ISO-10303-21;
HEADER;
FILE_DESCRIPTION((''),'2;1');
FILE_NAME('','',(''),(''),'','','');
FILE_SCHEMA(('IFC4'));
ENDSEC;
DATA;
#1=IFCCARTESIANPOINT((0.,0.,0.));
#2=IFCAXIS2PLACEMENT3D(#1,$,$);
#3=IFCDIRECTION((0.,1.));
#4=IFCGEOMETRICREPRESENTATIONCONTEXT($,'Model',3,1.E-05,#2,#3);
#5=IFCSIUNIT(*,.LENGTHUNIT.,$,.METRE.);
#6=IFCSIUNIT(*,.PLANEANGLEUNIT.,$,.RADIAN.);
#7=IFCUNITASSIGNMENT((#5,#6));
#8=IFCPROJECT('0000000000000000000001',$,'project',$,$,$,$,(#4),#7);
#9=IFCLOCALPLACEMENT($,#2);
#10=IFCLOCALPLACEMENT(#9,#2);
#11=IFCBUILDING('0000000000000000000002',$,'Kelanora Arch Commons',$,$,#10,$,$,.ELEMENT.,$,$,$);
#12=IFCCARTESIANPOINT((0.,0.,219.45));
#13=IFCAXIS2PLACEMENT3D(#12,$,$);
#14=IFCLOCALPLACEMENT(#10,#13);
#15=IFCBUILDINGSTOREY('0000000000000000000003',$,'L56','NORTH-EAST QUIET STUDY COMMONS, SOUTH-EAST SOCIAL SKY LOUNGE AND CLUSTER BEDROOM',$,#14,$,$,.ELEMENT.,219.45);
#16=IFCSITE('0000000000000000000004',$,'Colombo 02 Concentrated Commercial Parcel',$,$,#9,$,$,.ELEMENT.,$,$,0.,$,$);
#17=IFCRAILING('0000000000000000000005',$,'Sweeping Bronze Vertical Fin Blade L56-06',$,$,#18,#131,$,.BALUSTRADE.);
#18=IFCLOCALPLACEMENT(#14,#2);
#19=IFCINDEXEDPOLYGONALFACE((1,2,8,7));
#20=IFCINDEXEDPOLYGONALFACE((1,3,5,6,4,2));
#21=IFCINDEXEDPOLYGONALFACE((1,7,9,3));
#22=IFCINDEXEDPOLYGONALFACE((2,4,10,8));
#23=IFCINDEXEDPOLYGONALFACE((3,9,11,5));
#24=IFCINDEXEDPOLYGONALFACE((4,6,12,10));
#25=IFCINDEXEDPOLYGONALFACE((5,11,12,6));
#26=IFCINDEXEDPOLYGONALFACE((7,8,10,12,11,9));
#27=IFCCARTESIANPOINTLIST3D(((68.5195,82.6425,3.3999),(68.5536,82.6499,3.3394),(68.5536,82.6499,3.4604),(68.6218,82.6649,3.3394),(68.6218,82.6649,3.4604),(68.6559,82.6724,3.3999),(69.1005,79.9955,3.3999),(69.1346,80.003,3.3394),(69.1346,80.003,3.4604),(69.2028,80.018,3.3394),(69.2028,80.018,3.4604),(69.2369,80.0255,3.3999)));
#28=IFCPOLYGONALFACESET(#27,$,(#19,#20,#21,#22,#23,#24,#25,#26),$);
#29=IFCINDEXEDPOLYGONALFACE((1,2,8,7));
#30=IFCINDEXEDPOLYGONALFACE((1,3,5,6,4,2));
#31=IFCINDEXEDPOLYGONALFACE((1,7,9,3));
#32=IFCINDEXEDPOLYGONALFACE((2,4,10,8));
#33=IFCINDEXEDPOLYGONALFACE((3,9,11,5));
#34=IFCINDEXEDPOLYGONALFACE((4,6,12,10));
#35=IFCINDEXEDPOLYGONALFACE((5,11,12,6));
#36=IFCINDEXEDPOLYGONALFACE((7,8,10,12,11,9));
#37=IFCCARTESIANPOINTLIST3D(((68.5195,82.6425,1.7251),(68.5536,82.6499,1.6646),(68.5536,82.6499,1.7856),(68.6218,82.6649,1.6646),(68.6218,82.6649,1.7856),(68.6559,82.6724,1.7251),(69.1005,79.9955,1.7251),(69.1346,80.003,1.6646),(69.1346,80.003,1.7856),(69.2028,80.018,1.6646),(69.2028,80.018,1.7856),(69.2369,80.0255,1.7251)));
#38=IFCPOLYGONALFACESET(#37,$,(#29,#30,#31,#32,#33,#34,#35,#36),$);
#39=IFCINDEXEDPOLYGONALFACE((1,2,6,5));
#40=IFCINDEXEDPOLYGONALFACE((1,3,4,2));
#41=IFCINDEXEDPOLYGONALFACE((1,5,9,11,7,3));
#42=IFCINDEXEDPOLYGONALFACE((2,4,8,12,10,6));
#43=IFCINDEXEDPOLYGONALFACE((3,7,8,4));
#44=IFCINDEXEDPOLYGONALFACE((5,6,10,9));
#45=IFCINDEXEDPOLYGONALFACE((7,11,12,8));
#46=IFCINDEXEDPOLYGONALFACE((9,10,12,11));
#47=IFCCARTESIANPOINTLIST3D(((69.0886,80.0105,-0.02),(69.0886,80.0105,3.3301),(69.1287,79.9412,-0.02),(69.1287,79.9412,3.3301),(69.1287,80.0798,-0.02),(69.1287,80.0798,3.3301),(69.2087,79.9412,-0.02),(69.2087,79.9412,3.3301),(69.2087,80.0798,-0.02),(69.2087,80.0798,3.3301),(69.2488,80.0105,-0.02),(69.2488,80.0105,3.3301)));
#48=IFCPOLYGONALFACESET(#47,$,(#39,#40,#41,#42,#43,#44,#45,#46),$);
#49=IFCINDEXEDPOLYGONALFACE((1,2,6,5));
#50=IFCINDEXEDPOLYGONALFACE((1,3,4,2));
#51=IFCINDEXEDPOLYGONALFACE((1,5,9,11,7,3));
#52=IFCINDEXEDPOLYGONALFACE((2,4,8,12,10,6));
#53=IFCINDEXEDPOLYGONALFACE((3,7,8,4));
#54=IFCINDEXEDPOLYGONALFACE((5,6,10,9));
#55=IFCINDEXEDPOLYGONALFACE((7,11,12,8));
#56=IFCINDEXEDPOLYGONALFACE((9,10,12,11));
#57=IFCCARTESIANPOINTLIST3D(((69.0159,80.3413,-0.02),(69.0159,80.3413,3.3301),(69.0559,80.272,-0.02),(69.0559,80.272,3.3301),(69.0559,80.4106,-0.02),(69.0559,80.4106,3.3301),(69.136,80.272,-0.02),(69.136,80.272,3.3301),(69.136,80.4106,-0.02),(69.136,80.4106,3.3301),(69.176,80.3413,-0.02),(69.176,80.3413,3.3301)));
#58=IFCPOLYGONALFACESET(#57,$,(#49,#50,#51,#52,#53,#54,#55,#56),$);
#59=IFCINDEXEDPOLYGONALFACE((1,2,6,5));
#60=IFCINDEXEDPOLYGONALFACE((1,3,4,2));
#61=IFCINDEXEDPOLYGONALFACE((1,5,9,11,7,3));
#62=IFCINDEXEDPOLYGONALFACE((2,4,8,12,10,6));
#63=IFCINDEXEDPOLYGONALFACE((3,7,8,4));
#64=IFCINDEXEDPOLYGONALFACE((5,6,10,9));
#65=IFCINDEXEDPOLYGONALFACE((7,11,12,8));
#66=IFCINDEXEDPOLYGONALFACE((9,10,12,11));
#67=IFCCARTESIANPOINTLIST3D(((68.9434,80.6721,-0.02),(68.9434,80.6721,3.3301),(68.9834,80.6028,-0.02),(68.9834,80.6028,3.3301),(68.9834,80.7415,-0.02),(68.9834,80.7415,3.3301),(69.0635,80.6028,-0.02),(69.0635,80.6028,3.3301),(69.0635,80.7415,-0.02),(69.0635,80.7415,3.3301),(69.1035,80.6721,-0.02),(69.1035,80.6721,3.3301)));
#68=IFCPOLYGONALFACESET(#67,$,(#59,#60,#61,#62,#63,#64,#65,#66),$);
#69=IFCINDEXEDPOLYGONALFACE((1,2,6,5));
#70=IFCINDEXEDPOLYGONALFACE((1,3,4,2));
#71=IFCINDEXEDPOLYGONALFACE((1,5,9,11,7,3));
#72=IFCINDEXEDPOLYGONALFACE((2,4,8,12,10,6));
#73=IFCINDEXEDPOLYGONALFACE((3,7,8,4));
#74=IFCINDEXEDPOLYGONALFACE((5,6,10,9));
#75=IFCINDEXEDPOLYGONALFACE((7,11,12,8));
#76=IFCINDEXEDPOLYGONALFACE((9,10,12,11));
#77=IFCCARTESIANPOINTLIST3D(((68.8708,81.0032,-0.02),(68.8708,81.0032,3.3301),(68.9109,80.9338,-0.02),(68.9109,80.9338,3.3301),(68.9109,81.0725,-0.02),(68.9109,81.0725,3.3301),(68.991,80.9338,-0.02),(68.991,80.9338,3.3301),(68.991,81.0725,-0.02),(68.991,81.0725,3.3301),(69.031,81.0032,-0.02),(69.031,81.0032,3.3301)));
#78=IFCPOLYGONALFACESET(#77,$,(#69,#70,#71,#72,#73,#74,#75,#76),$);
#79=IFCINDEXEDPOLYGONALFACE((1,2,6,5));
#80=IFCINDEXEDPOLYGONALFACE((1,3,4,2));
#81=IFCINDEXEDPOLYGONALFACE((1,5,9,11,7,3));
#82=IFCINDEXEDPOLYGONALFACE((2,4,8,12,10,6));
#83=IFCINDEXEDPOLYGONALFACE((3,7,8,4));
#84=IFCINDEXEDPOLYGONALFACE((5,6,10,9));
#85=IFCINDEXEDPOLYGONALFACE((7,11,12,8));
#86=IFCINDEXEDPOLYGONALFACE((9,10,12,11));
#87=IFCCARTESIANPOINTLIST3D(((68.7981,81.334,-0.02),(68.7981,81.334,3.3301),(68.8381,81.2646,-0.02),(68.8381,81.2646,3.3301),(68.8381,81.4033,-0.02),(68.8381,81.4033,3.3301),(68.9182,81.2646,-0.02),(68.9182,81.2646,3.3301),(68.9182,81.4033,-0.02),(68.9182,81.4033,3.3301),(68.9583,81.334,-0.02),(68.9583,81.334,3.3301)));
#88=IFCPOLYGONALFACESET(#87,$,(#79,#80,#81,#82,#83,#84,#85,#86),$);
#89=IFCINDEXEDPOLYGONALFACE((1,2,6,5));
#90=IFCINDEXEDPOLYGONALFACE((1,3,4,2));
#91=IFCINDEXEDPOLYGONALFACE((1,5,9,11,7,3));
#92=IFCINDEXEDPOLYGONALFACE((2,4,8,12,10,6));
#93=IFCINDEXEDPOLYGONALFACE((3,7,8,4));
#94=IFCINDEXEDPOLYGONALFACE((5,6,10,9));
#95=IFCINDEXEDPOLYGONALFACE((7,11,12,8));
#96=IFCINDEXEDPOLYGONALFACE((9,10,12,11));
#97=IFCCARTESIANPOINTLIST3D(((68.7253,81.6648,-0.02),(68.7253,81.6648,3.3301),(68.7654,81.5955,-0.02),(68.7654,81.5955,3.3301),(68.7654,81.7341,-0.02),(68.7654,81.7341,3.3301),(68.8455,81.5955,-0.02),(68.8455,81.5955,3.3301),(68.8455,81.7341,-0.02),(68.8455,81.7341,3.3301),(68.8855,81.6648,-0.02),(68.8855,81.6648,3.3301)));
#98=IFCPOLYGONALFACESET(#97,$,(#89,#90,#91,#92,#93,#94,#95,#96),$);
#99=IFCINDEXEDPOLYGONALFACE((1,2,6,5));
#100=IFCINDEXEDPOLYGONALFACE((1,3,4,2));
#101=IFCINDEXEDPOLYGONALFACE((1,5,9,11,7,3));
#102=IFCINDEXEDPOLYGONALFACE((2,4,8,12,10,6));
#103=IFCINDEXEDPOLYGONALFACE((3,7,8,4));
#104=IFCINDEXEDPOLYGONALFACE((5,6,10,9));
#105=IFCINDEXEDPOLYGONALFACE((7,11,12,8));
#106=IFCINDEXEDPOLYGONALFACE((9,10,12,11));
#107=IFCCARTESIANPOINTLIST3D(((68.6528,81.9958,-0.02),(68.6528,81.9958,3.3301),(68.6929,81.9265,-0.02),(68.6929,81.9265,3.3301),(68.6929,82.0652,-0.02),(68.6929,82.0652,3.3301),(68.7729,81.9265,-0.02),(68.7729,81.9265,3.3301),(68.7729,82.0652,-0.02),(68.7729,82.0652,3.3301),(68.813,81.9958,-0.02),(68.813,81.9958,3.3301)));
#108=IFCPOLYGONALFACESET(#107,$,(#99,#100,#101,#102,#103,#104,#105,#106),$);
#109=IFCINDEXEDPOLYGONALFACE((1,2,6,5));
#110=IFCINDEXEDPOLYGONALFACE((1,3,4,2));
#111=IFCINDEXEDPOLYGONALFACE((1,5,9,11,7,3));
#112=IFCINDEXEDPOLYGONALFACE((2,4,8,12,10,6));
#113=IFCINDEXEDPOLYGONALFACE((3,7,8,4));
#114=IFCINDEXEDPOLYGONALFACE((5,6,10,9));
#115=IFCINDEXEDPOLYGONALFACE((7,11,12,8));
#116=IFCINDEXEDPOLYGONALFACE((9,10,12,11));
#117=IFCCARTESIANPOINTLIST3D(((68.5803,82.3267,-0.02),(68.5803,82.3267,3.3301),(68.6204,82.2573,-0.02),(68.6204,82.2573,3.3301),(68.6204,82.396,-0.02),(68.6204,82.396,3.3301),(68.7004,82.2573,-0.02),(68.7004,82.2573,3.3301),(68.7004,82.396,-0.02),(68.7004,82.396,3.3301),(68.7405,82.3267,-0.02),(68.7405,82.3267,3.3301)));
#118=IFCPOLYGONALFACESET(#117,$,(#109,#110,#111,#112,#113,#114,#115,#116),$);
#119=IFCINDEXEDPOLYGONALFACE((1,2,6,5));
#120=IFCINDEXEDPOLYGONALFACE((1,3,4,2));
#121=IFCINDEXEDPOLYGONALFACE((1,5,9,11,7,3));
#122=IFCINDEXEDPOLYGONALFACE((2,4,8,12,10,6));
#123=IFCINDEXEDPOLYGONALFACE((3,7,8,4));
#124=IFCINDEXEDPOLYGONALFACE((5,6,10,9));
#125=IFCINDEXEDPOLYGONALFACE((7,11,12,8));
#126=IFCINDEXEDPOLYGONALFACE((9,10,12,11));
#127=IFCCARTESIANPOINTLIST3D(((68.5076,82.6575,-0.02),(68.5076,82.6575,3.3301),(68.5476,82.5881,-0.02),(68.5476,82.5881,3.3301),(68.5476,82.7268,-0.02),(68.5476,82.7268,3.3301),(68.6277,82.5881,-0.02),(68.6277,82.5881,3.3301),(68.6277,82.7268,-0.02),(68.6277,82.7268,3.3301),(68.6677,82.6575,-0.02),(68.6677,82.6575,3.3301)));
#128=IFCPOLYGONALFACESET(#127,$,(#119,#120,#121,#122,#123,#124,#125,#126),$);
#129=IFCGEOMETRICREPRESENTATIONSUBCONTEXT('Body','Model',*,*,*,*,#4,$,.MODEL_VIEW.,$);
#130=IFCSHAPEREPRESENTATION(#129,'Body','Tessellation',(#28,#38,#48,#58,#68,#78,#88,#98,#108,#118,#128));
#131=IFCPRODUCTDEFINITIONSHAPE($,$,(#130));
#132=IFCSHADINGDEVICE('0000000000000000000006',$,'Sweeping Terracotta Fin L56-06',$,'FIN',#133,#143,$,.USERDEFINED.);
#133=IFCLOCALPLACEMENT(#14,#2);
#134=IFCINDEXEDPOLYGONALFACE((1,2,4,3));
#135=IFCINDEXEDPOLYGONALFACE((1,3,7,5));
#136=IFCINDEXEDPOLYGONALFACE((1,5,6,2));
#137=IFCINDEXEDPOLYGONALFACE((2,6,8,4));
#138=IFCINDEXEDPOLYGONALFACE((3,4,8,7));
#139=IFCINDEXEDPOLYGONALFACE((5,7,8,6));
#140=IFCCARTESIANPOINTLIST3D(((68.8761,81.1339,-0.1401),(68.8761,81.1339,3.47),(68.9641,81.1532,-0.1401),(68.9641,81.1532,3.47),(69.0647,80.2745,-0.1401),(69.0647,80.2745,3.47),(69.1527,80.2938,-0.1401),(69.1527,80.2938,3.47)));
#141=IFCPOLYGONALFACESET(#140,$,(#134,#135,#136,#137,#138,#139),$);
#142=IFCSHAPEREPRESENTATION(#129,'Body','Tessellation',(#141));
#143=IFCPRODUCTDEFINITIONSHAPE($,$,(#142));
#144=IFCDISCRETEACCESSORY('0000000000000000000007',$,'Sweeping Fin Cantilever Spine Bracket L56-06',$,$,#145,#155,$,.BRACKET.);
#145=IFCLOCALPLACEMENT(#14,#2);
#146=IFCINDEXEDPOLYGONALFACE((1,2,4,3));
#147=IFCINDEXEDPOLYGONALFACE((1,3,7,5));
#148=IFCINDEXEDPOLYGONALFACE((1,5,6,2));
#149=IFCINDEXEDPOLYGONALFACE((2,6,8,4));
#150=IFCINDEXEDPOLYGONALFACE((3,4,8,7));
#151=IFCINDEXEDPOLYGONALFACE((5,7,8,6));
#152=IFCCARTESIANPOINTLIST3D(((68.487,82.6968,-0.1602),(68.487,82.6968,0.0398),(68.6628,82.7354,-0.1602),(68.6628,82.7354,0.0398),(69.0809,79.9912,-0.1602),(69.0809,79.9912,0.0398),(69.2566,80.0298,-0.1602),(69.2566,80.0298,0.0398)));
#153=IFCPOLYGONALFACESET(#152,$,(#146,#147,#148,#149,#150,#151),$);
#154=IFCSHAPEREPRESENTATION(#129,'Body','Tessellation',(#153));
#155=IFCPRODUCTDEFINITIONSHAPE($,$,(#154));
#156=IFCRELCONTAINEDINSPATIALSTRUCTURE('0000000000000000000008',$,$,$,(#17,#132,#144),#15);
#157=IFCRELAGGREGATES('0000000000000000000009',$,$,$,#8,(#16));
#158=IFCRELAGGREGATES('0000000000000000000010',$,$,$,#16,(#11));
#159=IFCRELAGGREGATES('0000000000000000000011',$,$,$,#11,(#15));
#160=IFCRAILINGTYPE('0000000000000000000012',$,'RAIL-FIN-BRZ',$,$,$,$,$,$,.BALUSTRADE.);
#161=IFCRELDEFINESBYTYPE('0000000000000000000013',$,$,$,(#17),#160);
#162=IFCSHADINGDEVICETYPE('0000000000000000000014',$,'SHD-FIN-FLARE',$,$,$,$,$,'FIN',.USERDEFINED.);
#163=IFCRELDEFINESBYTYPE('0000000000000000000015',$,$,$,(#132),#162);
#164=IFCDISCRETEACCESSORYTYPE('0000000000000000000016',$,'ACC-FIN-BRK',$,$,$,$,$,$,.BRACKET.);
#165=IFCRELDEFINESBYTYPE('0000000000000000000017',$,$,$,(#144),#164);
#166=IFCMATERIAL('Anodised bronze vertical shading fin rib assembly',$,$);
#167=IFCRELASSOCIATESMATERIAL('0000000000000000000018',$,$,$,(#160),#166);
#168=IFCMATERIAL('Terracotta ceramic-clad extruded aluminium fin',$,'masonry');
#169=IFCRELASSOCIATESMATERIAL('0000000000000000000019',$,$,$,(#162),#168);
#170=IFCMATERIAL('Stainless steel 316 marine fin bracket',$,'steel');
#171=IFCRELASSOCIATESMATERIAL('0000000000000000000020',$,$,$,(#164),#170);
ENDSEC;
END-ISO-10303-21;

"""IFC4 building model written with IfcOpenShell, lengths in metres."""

from ifc_helpers import new_model, si_unit, direction, frame, origin, origin_2d, place, context, subcontext, project, spatial, polyline, rectangle, outline, extrude, source, transform, mapped, material, type_object, element, save


model = new_model("IFC4")

# Units and contexts
model_context = context("Model", 3, precision=1e-05, world=origin(), true_north=direction((0.0, 1.0)))
body_context = subcontext(model_context, "Body", "Model", "MODEL_VIEW")
ifc_project = project(units=[si_unit("LENGTHUNIT", "METRE"), si_unit("PLANEANGLEUNIT", "RADIAN")], contexts=[model_context])

# Site, building, storey
site_placement = place(None, origin())
site = spatial("IfcSite", under=ifc_project, at=site_placement, Name="Colombo 02 Concentrated Commercial Parcel", CompositionType="ELEMENT", RefElevation=0.0)
building_placement = place(site_placement, origin())
building = spatial("IfcBuilding", under=site, at=building_placement, Name="Kelanora Arch Commons", CompositionType="ELEMENT")
storey_placement = place(building_placement, frame((0.0, 0.0, 219.45)))
storey = spatial("IfcBuildingStorey", under=building, at=storey_placement, Name="L56", Description="NORTH-EAST QUIET STUDY COMMONS, SOUTH-EAST SOCIAL SKY LOUNGE AND CLUSTER BEDROOM", CompositionType="ELEMENT", Elevation=219.45)

# Railing
ifc_material_1 = material(Name="Anodised bronze vertical shading fin rib assembly")
railing_type = type_object("IfcRailingType", Name="RAIL-FIN-BRZ", PredefinedType="BALUSTRADE", material=ifc_material_1)
railing_placement = place(storey_placement, frame((69.1687, 80.0105, -0.02)))
element("IfcRailing", 1, at=railing_placement, inside=storey, type_object=railing_type, Name="Sweeping Bronze Vertical Fin Blade L56-06", PredefinedType="BALUSTRADE", context=body_context, shape_type="SweptSolid", body=[
    extrude(outline(polyline([(0.0698, 0.0), (0.0349, 0.0605), (-0.0349, 0.0605), (-0.0698, 0.0), (-0.0349, -0.0605), (0.0349, -0.0605), (0.0698, 0.0)])), frame((0.0, 0.0, 3.4199), z_axis=(-0.214411, 0.976743, 0.0), x_axis=(-0.976743, -0.214411, 0.0)), (0.0, 0.0, 1.0), 2.71),
    extrude(outline(polyline([(0.0698, 0.0), (0.0349, 0.0605), (-0.0349, 0.0605), (-0.0698, 0.0), (-0.0349, -0.0605), (0.0349, -0.0605), (0.0698, 0.0)])), frame((0.0, 0.0, 1.7451), z_axis=(-0.214411, 0.976743, 0.0), x_axis=(-0.976743, -0.214411, 0.0)), (0.0, 0.0, 1.0), 2.71),
    extrude(outline(polyline([(0.0801, 0.0), (0.04, 0.0693), (-0.04, 0.0693), (-0.0801, 0.0), (-0.04, -0.0693), (0.04, -0.0693), (0.0801, 0.0)])), origin(), (0.0, 0.0, 1.0), 3.3501),
    extrude(outline(polyline([(0.0801, 0.0), (0.04, 0.0693), (-0.04, 0.0693), (-0.0801, 0.0), (-0.04, -0.0693), (0.04, -0.0693), (0.0801, 0.0)])), frame((-0.0728, 0.3308, 0.0)), (0.0, 0.0, 1.0), 3.3501),
    extrude(outline(polyline([(0.0801, 0.0), (0.04, 0.0693), (-0.04, 0.0693), (-0.0801, 0.0), (-0.04, -0.0693), (0.04, -0.0693), (0.0801, 0.0)])), frame((-0.1453, 0.6616, 0.0)), (0.0, 0.0, 1.0), 3.3501),
    extrude(outline(polyline([(0.0801, 0.0), (0.04, 0.0693), (-0.04, 0.0693), (-0.0801, 0.0), (-0.04, -0.0693), (0.04, -0.0693), (0.0801, 0.0)])), frame((-0.2178, 0.9927, 0.0)), (0.0, 0.0, 1.0), 3.3501),
    extrude(outline(polyline([(0.0801, 0.0), (0.04, 0.0693), (-0.04, 0.0693), (-0.0801, 0.0), (-0.04, -0.0693), (0.04, -0.0693), (0.0801, 0.0)])), frame((-0.2905, 1.3235, 0.0)), (0.0, 0.0, 1.0), 3.3501),
    extrude(outline(polyline([(0.0801, 0.0), (0.04, 0.0693), (-0.04, 0.0693), (-0.0801, 0.0), (-0.04, -0.0693), (0.04, -0.0693), (0.0801, 0.0)])), frame((-0.3633, 1.6543, 0.0)), (0.0, 0.0, 1.0), 3.3501),
    extrude(outline(polyline([(0.0801, 0.0), (0.04, 0.0693), (-0.04, 0.0693), (-0.0801, 0.0), (-0.04, -0.0693), (0.04, -0.0693), (0.0801, 0.0)])), frame((-0.4358, 1.9854, 0.0)), (0.0, 0.0, 1.0), 3.3501),
    extrude(outline(polyline([(0.0801, 0.0), (0.04, 0.0693), (-0.04, 0.0693), (-0.0801, 0.0), (-0.04, -0.0693), (0.04, -0.0693), (0.0801, 0.0)])), frame((-0.5083, 2.3162, 0.0)), (0.0, 0.0, 1.0), 3.3501),
    extrude(outline(polyline([(0.0801, 0.0), (0.04, 0.0693), (-0.04, 0.0693), (-0.0801, 0.0), (-0.04, -0.0693), (0.04, -0.0693), (0.0801, 0.0)])), frame((-0.5811, 2.647, 0.0)), (0.0, 0.0, 1.0), 3.3501),
])

# Shading device
ifc_material_2 = material(Name="Terracotta ceramic-clad extruded aluminium fin", Category="masonry")
shading_device_type = type_object("IfcShadingDeviceType", Name="SHD-FIN-FLARE", ElementType="FIN", PredefinedType="USERDEFINED", material=ifc_material_2)
shared_shape_1 = source(origin(), body_context, "Body", "SweptSolid", [
    extrude(rectangle(XDim=0.8799, YDim=0.0901, at=origin_2d()), origin(), (0.0, 0.0, 1.0), 3.6101),
])
shading_device_placement = place(storey_placement, frame((69.0144, 80.7139, -0.1401), z_axis=(0.0, 0.0, 1.0), x_axis=(-0.214394, 0.976747, 0.0)))
element("IfcShadingDevice", 2, at=shading_device_placement, inside=storey, type_object=shading_device_type, Name="Sweeping Terracotta Fin L56-06", ObjectType="FIN", PredefinedType="USERDEFINED", context=body_context, shape_type="MappedRepresentation", body=[
    mapped(shared_shape_1, transform((0.0, 0.0, 0.0), scale=1.0)),
])

# Discrete accessory
ifc_material_3 = material(Name="Stainless steel 316 marine fin bracket", Category="steel")
discrete_accessory_type = type_object("IfcDiscreteAccessoryType", Name="ACC-FIN-BRK", PredefinedType="BRACKET", material=ifc_material_3)
shared_shape_2 = source(origin(), body_context, "Body", "SweptSolid", [
    extrude(rectangle(XDim=2.77, YDim=0.1799, at=origin_2d()), origin(), (0.0, 0.0, 1.0), 0.2),
])
discrete_accessory_placement = place(storey_placement, frame((68.8718, 81.3633, -0.1602), z_axis=(0.0, 0.0, 1.0), x_axis=(-0.214394, 0.976747, 0.0)))
element("IfcDiscreteAccessory", 3, at=discrete_accessory_placement, inside=storey, type_object=discrete_accessory_type, Name="Sweeping Fin Cantilever Spine Bracket L56-06", PredefinedType="BRACKET", context=body_context, shape_type="MappedRepresentation", body=[
    mapped(shared_shape_2, transform((0.0, 0.0, 0.0), scale=1.0)),
])

save(model, "model.ifc")
